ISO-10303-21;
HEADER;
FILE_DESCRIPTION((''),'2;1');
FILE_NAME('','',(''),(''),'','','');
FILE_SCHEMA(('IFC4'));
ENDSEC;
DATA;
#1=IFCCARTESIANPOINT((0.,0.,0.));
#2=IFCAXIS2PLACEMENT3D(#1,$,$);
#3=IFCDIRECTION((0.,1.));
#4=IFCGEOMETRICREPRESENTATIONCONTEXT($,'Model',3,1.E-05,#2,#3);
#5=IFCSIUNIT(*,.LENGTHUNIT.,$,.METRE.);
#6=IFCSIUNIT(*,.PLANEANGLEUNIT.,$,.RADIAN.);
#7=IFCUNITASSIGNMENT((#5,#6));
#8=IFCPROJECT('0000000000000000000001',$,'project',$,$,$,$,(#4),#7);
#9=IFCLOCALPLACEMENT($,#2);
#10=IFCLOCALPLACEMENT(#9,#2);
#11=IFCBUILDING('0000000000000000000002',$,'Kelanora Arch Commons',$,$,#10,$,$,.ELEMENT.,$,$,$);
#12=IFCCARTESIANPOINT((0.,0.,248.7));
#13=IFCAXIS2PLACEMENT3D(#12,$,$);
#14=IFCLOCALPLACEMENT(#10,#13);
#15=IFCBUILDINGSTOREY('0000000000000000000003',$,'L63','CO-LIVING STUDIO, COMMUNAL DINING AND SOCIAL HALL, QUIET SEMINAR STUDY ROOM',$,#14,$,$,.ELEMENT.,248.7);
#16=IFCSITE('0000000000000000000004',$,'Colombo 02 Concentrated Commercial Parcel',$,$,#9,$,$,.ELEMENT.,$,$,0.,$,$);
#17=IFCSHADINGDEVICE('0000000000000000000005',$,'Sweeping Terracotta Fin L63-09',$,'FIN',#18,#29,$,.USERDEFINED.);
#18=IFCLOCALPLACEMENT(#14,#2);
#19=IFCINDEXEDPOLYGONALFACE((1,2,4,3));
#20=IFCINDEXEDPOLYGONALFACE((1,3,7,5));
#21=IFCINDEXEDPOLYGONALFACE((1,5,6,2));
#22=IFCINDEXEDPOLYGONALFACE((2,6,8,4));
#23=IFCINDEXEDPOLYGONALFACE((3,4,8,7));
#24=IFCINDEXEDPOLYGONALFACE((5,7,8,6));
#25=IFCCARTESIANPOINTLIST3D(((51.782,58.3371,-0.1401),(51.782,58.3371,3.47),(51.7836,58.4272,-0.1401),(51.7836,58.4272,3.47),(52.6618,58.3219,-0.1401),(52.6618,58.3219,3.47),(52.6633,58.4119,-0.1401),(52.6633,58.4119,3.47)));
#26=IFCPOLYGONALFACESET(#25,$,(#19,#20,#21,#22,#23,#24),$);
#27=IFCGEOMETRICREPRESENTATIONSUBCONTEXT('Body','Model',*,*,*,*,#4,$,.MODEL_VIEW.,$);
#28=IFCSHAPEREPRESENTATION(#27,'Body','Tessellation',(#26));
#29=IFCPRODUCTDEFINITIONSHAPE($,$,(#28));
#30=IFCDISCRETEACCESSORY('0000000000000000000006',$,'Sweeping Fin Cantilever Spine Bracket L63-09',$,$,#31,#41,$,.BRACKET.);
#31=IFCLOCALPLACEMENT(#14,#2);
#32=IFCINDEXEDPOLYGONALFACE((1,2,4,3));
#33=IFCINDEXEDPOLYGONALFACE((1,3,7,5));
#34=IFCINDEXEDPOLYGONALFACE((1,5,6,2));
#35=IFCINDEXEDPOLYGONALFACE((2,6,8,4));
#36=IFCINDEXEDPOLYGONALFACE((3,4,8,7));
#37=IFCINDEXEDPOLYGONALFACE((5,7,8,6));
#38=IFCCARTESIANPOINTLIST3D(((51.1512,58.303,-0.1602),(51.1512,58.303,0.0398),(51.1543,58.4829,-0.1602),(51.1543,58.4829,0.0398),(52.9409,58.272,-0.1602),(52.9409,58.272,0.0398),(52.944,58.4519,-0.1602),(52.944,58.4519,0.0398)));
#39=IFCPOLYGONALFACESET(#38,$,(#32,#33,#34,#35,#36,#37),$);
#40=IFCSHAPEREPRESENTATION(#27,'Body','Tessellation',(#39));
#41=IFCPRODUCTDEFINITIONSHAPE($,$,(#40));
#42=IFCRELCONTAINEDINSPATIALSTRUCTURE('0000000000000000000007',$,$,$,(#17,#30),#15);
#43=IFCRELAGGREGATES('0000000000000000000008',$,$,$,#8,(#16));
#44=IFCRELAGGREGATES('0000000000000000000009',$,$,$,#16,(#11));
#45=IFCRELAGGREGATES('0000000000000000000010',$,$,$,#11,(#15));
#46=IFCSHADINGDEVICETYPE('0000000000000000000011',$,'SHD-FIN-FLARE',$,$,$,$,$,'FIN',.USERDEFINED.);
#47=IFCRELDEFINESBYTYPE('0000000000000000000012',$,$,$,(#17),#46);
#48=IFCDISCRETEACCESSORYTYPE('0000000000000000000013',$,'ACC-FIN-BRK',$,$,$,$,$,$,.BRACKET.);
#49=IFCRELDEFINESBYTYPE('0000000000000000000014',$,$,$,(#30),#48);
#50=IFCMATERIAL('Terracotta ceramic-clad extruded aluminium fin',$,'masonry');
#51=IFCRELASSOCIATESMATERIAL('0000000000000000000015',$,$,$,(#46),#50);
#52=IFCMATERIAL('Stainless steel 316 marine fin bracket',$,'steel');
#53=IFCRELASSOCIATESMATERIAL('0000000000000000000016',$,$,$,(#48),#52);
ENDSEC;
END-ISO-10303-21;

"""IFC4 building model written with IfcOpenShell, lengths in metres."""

from ifc_helpers import new_model, si_unit, direction, frame, origin, origin_2d, place, context, subcontext, project, spatial, rectangle, extrude, source, transform, mapped, material, type_object, element, save


model = new_model("IFC4")

# Units and contexts
model_context = context("Model", 3, precision=1e-05, world=origin(), true_north=direction((0.0, 1.0)))
body_context = subcontext(model_context, "Body", "Model", "MODEL_VIEW")
ifc_project = project(units=[si_unit("LENGTHUNIT", "METRE"), si_unit("PLANEANGLEUNIT", "RADIAN")], contexts=[model_context])

# Site, building, storey
site_placement = place(None, origin())
site = spatial("IfcSite", under=ifc_project, at=site_placement, Name="Colombo 02 Concentrated Commercial Parcel", CompositionType="ELEMENT", RefElevation=0.0)
building_placement = place(site_placement, origin())
building = spatial("IfcBuilding", under=site, at=building_placement, Name="Kelanora Arch Commons", CompositionType="ELEMENT")
storey_placement = place(building_placement, frame((0.0, 0.0, 248.7)))
storey = spatial("IfcBuildingStorey", under=building, at=storey_placement, Name="L63", Description="CO-LIVING STUDIO, COMMUNAL DINING AND SOCIAL HALL, QUIET SEMINAR STUDY ROOM", CompositionType="ELEMENT", Elevation=248.7)

# Shading device
ifc_material_1 = material(Name="Terracotta ceramic-clad extruded aluminium fin", Category="masonry")
shading_device_type = type_object("IfcShadingDeviceType", Name="SHD-FIN-FLARE", ElementType="FIN", PredefinedType="USERDEFINED", material=ifc_material_1)
shared_shape_1 = source(origin(), body_context, "Body", "SweptSolid", [
    extrude(rectangle(XDim=0.8799, YDim=0.0901, at=origin_2d()), origin(), (0.0, 0.0, 1.0), 3.6101),
])
shading_device_placement = place(storey_placement, frame((52.2227, 58.3745, -0.1401), z_axis=(0.0, 0.0, 1.0), x_axis=(-0.999851, 0.017278, 0.0)))
element("IfcShadingDevice", 1, at=shading_device_placement, inside=storey, type_object=shading_device_type, Name="Sweeping Terracotta Fin L63-09", ObjectType="FIN", PredefinedType="USERDEFINED", context=body_context, shape_type="MappedRepresentation", body=[
    mapped(shared_shape_1, transform((0.0, 0.0, 0.0), scale=1.0)),
])

# Discrete accessory
ifc_material_2 = material(Name="Stainless steel 316 marine fin bracket", Category="steel")
discrete_accessory_type = type_object("IfcDiscreteAccessoryType", Name="ACC-FIN-BRK", PredefinedType="BRACKET", material=ifc_material_2)
shared_shape_2 = source(origin(), body_context, "Body", "SweptSolid", [
    extrude(rectangle(XDim=1.79, YDim=0.1799, at=origin_2d()), origin(), (0.0, 0.0, 1.0), 0.2),
])
discrete_accessory_placement = place(storey_placement, frame((52.0476, 58.3774, -0.1602), z_axis=(0.0, 0.0, 1.0), x_axis=(-0.999851, 0.017278, 0.0)))
element("IfcDiscreteAccessory", 2, at=discrete_accessory_placement, inside=storey, type_object=discrete_accessory_type, Name="Sweeping Fin Cantilever Spine Bracket L63-09", PredefinedType="BRACKET", context=body_context, shape_type="MappedRepresentation", body=[
    mapped(shared_shape_2, transform((0.0, 0.0, 0.0), scale=1.0)),
])

save(model, "model.ifc")
